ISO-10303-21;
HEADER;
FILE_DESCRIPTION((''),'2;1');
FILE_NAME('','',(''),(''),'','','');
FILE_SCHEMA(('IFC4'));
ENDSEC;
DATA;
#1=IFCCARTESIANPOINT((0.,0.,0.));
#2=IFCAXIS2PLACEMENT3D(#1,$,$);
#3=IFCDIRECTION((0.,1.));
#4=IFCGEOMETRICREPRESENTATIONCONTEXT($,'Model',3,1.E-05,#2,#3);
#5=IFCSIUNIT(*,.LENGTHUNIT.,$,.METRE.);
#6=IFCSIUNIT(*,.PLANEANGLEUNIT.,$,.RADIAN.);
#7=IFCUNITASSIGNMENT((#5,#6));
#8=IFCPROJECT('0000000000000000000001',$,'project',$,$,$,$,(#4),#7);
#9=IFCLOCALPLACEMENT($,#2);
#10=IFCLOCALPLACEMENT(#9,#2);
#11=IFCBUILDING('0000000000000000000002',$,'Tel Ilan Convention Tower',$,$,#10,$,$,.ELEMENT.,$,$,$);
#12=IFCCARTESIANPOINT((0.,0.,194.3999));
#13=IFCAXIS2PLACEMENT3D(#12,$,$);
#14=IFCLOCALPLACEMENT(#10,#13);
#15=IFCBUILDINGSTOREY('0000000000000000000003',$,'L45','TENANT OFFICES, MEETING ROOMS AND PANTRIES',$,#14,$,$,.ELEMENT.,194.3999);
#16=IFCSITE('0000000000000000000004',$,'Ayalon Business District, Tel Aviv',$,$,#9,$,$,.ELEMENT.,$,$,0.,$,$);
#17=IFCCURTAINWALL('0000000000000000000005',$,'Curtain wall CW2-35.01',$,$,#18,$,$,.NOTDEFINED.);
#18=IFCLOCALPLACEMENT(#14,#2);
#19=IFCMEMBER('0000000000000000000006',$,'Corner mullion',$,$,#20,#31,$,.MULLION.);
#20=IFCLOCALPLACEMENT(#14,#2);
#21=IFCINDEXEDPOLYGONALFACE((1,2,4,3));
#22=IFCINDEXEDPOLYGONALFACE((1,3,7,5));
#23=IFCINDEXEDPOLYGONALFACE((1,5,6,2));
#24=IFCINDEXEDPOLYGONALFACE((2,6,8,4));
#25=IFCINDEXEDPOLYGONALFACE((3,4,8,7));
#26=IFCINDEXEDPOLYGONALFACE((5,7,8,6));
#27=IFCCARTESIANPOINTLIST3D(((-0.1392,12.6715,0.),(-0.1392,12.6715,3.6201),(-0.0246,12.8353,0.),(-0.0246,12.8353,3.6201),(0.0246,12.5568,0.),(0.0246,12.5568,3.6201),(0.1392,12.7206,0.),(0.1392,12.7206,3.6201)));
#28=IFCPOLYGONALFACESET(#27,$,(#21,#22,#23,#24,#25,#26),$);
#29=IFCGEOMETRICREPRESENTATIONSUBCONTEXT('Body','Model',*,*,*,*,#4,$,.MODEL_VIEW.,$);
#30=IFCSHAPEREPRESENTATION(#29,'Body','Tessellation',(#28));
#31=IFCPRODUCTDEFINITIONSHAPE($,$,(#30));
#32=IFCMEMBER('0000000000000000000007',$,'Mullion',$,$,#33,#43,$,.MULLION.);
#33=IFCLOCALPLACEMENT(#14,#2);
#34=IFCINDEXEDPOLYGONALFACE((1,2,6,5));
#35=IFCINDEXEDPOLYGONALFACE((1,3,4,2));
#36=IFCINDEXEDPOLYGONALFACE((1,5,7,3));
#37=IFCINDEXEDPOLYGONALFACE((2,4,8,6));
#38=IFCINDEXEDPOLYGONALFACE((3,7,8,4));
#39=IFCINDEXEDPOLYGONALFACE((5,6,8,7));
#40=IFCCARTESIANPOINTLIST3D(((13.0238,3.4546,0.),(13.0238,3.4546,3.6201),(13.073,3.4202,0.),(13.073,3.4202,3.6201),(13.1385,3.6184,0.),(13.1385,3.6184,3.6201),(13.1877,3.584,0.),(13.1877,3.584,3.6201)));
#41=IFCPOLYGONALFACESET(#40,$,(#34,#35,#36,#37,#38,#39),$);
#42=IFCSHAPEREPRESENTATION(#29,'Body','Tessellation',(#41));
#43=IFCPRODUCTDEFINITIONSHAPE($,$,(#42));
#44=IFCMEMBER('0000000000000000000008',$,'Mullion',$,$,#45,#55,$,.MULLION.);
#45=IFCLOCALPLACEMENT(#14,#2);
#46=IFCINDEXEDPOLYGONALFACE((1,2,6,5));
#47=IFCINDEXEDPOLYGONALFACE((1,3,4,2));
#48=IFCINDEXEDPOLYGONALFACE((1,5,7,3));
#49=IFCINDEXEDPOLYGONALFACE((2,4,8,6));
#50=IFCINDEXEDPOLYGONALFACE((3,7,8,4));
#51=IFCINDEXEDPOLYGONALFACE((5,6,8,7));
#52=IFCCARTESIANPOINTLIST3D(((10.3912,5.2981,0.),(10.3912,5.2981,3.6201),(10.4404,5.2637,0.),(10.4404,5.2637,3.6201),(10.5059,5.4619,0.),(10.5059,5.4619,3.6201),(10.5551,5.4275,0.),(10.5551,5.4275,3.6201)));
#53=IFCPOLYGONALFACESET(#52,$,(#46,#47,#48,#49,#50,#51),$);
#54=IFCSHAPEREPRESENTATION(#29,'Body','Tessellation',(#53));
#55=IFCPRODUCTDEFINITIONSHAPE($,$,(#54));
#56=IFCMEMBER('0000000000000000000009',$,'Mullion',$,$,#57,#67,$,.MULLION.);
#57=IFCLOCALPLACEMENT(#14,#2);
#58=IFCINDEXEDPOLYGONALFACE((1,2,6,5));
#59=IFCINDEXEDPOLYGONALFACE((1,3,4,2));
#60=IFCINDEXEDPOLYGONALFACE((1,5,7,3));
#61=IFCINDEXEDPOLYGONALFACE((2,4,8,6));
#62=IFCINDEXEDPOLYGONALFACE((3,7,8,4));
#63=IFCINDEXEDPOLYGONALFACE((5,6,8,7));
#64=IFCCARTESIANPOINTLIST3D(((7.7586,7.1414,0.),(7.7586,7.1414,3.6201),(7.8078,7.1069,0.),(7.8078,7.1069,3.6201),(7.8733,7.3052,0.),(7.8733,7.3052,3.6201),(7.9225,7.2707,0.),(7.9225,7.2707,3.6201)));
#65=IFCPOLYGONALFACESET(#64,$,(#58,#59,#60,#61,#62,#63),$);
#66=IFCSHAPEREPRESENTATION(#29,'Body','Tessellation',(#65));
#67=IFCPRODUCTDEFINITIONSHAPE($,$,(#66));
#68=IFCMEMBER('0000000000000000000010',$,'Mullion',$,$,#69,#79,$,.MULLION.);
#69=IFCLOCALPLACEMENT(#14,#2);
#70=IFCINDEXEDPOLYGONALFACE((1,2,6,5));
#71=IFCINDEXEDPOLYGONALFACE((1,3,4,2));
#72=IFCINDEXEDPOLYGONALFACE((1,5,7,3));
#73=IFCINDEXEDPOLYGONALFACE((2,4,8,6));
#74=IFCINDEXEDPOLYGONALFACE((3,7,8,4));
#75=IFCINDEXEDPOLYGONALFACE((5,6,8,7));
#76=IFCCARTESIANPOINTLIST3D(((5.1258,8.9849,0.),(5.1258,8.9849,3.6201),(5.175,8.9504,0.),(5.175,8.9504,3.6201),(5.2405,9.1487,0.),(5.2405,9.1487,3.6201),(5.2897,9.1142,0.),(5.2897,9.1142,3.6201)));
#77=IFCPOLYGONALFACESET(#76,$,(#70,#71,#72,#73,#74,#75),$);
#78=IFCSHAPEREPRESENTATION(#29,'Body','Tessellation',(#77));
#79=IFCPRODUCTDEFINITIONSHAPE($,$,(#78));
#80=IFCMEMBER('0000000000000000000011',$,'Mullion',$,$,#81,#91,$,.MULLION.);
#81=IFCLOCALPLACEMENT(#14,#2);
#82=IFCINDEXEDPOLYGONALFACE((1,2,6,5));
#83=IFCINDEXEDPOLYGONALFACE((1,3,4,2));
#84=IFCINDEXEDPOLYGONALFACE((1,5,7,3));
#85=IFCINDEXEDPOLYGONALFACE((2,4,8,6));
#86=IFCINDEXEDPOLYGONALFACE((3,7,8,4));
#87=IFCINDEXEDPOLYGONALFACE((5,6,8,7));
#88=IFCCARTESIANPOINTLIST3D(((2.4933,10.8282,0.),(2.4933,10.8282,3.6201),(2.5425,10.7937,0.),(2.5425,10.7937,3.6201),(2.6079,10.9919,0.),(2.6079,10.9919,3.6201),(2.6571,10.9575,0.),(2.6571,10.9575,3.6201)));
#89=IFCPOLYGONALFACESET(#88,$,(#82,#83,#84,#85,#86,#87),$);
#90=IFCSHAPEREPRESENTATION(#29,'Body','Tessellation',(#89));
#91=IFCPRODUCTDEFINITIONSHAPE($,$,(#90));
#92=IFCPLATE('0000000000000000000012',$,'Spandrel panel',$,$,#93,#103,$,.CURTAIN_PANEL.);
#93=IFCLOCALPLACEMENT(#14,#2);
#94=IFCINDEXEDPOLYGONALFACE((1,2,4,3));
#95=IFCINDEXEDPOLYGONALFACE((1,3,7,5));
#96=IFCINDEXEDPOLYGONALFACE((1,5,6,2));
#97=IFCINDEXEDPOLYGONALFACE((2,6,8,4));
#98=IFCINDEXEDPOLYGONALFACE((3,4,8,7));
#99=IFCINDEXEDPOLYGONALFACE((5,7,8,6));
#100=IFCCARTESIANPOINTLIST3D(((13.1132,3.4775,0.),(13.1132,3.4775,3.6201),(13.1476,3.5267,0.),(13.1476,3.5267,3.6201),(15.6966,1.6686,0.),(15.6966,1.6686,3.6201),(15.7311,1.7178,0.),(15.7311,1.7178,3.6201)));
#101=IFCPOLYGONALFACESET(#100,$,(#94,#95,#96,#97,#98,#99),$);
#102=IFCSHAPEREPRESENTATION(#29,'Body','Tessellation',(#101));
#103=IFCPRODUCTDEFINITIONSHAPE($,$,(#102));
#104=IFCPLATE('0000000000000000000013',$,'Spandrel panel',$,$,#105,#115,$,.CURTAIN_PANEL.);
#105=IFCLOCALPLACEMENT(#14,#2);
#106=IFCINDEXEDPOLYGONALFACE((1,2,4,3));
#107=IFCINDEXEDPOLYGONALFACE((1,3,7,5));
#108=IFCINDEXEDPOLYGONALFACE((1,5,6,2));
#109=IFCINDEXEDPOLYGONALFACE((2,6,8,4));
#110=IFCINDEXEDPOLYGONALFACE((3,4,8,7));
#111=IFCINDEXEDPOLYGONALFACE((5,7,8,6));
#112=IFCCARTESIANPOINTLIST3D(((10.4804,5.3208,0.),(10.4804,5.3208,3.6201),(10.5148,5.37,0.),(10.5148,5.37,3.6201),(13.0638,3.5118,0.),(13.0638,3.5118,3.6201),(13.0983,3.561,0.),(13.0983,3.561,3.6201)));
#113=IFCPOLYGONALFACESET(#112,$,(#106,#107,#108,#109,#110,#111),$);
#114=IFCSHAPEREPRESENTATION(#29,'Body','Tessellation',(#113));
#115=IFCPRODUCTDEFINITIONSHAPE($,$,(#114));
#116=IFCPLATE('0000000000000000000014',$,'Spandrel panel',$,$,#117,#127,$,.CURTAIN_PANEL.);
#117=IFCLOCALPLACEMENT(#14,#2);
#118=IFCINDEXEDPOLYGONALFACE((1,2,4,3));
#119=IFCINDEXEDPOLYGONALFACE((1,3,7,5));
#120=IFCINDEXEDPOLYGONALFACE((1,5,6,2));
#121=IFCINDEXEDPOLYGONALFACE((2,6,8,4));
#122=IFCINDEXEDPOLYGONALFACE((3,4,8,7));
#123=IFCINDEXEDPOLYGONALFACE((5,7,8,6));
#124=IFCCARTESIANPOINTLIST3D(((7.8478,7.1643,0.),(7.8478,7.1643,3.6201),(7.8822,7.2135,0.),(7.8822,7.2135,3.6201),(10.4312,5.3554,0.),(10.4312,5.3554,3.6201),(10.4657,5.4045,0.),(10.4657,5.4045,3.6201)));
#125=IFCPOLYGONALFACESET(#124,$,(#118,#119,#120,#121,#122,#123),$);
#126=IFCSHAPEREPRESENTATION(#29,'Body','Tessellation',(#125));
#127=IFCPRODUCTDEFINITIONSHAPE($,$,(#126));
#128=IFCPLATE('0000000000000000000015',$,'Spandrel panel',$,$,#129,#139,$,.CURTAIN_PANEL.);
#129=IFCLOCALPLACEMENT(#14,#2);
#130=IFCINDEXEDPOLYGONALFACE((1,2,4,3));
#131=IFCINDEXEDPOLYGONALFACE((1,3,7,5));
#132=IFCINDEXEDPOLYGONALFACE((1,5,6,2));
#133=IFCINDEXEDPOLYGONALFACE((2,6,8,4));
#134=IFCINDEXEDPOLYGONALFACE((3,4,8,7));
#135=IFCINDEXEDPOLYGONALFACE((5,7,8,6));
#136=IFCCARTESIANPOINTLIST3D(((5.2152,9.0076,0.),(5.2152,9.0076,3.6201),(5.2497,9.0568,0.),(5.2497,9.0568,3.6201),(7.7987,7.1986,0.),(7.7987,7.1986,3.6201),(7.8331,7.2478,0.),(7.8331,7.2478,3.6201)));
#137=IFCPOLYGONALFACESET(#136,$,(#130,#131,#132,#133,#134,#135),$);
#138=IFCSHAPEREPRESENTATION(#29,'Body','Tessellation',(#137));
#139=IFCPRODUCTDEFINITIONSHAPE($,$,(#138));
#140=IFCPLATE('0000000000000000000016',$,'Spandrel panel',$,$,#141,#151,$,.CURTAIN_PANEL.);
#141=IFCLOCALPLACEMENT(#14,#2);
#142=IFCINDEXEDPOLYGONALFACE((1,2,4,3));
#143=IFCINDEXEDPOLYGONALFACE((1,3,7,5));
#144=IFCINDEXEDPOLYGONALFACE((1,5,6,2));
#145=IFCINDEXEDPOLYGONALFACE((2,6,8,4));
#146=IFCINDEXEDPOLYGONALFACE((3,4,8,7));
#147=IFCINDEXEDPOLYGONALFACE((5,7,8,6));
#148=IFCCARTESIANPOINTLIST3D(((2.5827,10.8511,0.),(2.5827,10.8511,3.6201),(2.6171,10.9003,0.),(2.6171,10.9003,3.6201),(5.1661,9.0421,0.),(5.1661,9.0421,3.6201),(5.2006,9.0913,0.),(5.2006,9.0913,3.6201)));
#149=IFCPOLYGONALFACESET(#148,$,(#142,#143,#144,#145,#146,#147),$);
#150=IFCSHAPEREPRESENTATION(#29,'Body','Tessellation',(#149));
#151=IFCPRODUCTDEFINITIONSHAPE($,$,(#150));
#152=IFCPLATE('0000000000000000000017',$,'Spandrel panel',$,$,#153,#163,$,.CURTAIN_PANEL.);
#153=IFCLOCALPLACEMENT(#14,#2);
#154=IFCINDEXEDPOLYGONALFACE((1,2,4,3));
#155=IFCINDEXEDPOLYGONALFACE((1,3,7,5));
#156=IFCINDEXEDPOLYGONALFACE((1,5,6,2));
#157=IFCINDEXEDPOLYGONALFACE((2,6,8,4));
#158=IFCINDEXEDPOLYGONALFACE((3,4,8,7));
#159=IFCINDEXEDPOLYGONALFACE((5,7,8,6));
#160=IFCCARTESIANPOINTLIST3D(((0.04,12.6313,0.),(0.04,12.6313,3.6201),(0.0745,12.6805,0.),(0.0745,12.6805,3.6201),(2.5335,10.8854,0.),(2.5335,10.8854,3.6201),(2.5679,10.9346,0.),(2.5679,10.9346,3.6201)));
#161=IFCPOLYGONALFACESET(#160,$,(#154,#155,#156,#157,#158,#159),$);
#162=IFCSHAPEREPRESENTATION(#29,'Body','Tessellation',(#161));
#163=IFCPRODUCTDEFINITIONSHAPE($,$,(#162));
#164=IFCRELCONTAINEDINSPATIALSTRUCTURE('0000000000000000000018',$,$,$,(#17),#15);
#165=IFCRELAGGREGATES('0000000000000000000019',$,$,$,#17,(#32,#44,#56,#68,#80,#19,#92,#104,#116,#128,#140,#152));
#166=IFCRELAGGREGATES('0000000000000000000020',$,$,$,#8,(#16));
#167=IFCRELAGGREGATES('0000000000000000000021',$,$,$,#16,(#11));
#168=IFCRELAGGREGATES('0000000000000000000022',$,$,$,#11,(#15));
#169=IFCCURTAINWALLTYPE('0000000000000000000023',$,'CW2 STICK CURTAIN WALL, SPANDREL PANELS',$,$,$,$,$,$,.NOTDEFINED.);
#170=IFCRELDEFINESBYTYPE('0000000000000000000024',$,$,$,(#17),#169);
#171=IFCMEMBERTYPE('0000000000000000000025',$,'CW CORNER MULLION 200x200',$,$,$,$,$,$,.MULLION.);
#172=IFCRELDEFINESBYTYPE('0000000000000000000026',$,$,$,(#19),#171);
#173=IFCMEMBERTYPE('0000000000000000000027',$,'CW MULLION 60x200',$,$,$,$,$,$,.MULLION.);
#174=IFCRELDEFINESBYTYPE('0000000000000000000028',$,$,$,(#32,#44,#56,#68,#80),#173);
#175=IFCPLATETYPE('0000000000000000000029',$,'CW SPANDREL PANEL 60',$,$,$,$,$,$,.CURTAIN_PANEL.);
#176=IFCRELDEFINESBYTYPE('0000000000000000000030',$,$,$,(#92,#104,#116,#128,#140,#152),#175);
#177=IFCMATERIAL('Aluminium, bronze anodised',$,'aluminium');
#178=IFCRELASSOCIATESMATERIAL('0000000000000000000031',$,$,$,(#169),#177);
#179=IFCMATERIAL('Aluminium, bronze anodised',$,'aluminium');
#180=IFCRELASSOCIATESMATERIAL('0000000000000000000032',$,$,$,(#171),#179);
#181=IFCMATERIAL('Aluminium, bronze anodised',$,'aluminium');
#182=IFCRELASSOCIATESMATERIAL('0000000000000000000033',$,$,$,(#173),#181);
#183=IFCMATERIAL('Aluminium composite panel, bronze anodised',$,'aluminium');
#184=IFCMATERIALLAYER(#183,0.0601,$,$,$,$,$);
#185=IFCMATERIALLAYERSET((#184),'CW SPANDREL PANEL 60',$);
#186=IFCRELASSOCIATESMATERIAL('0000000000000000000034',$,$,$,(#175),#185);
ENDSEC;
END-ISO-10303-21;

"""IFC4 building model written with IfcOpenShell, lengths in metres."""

from ifc_helpers import new_model, si_unit, direction, frame, origin, origin_2d, place, context, subcontext, project, spatial, rectangle, extrude, material, layer, layer_set, material_profile, profile_set, type_object, element, aggregate, save


model = new_model("IFC4")

# Units and contexts
model_context = context("Model", 3, precision=1e-05, world=origin(), true_north=direction((0.0, 1.0)))
body_context = subcontext(model_context, "Body", "Model", "MODEL_VIEW")
ifc_project = project(units=[si_unit("LENGTHUNIT", "METRE"), si_unit("PLANEANGLEUNIT", "RADIAN")], contexts=[model_context])

# Site, building, storey
site_placement = place(None, origin())
site = spatial("IfcSite", under=ifc_project, at=site_placement, Name="Ayalon Business District, Tel Aviv", CompositionType="ELEMENT", RefElevation=0.0)
building_placement = place(site_placement, origin())
building = spatial("IfcBuilding", under=site, at=building_placement, Name="Tel Ilan Convention Tower", CompositionType="ELEMENT")
storey_placement = place(building_placement, frame((0.0, 0.0, 194.3999)))
storey = spatial("IfcBuildingStorey", under=building, at=storey_placement, Name="L45", Description="TENANT OFFICES, MEETING ROOMS AND PANTRIES", CompositionType="ELEMENT", Elevation=194.3999)

# Curtain wall, members, plates
ifc_material_1 = material(Name="Aluminium, bronze anodised", Category="aluminium")
curtain_wall_type = type_object("IfcCurtainWallType", Name="CW2 STICK CURTAIN WALL, SPANDREL PANELS", PredefinedType="NOTDEFINED", material=ifc_material_1)
curtain_wall_placement = place(storey_placement, origin())
curtain_wall = element("IfcCurtainWall", 1, at=curtain_wall_placement, inside=storey, type_object=curtain_wall_type, Name="Curtain wall CW2-35.01", PredefinedType="NOTDEFINED")
ifc_material_2 = material(Name="Aluminium, bronze anodised", Category="aluminium")
ifc_material_profile_1 = material_profile(ifc_material_2, rectangle(XDim=0.2, YDim=0.2, at=origin_2d()), Name="CW CORNER MULLION 200x200")
ifc_profile_set_1 = profile_set([ifc_material_profile_1], Name="Aluminium, bronze anodised")
member_type_1 = type_object("IfcMemberType", Name="CW CORNER MULLION 200x200", PredefinedType="MULLION", material=ifc_profile_set_1)
member_1_placement = place(storey_placement, frame((0.0, 12.696, 0.0), z_axis=(0.0, 0.0, 1.0), x_axis=(-0.819152, 0.573576, 0.0)))
member_1 = element("IfcMember", 2, at=member_1_placement, type_object=member_type_1, Name="Corner mullion", PredefinedType="MULLION", context=body_context, shape_type="SweptSolid", body=[
    extrude(rectangle(XDim=0.2, YDim=0.2, at=origin_2d()), origin(), (0.0, 0.0, 1.0), 3.6201),
])
ifc_material_3 = material(Name="Aluminium, bronze anodised", Category="aluminium")
ifc_material_profile_2 = material_profile(ifc_material_3, rectangle(XDim=0.0601, YDim=0.2, at=origin_2d()), Name="CW MULLION 60x200")
ifc_profile_set_2 = profile_set([ifc_material_profile_2], Name="Aluminium, bronze anodised")
member_type_2 = type_object("IfcMemberType", Name="CW MULLION 60x200", PredefinedType="MULLION", material=ifc_profile_set_2)
member_2_placement = place(storey_placement, frame((13.1057, 3.5193, 0.0), z_axis=(0.0, 0.0, 1.0), x_axis=(-0.819152, 0.573576, 0.0)))
member_2 = element("IfcMember", 3, at=member_2_placement, type_object=member_type_2, Name="Mullion", PredefinedType="MULLION", context=body_context, shape_type="SweptSolid", body=[
    extrude(rectangle(XDim=0.0601, YDim=0.2, at=origin_2d()), origin(), (0.0, 0.0, 1.0), 3.6201),
])
member_3_placement = place(storey_placement, frame((10.4731, 5.3628, 0.0), z_axis=(0.0, 0.0, 1.0), x_axis=(-0.819152, 0.573576, 0.0)))
member_3 = element("IfcMember", 4, at=member_3_placement, type_object=member_type_2, Name="Mullion", PredefinedType="MULLION", context=body_context, shape_type="SweptSolid", body=[
    extrude(rectangle(XDim=0.0601, YDim=0.2, at=origin_2d()), origin(), (0.0, 0.0, 1.0), 3.6201),
])
member_4_placement = place(storey_placement, frame((7.8406, 7.2061, 0.0), z_axis=(0.0, 0.0, 1.0), x_axis=(-0.819152, 0.573576, 0.0)))
member_4 = element("IfcMember", 5, at=member_4_placement, type_object=member_type_2, Name="Mullion", PredefinedType="MULLION", context=body_context, shape_type="SweptSolid", body=[
    extrude(rectangle(XDim=0.0601, YDim=0.2, at=origin_2d()), origin(), (0.0, 0.0, 1.0), 3.6201),
])
member_5_placement = place(storey_placement, frame((5.2078, 9.0496, 0.0), z_axis=(0.0, 0.0, 1.0), x_axis=(-0.819152, 0.573576, 0.0)))
member_5 = element("IfcMember", 6, at=member_5_placement, type_object=member_type_2, Name="Mullion", PredefinedType="MULLION", context=body_context, shape_type="SweptSolid", body=[
    extrude(rectangle(XDim=0.0601, YDim=0.2, at=origin_2d()), origin(), (0.0, 0.0, 1.0), 3.6201),
])
member_6_placement = place(storey_placement, frame((2.5752, 10.8928, 0.0), z_axis=(0.0, 0.0, 1.0), x_axis=(-0.819152, 0.573576, 0.0)))
member_6 = element("IfcMember", 7, at=member_6_placement, type_object=member_type_2, Name="Mullion", PredefinedType="MULLION", context=body_context, shape_type="SweptSolid", body=[
    extrude(rectangle(XDim=0.0601, YDim=0.2, at=origin_2d()), origin(), (0.0, 0.0, 1.0), 3.6201),
])
ifc_material_4 = material(Name="Aluminium composite panel, bronze anodised", Category="aluminium")
ifc_layer_1 = layer(ifc_material_4, 0.0601)
ifc_layer_set_1 = layer_set([ifc_layer_1], Name="CW SPANDREL PANEL 60")
plate_type = type_object("IfcPlateType", Name="CW SPANDREL PANEL 60", PredefinedType="CURTAIN_PANEL", material=ifc_layer_set_1)
plate_1_placement = place(storey_placement, frame((14.4221, 2.5977, 0.0), z_axis=(0.0, 0.0, 1.0), x_axis=(-0.819152, 0.573576, 0.0)))
plate_1 = element("IfcPlate", 8, at=plate_1_placement, type_object=plate_type, Name="Spandrel panel", PredefinedType="CURTAIN_PANEL", context=body_context, shape_type="SweptSolid", body=[
    extrude(rectangle(XDim=3.1538, YDim=0.0601, at=origin_2d()), origin(), (0.0, 0.0, 1.0), 3.6201),
])
plate_2_placement = place(storey_placement, frame((11.7893, 4.4409, 0.0), z_axis=(0.0, 0.0, 1.0), x_axis=(-0.819152, 0.573576, 0.0)))
plate_2 = element("IfcPlate", 9, at=plate_2_placement, type_object=plate_type, Name="Spandrel panel", PredefinedType="CURTAIN_PANEL", context=body_context, shape_type="SweptSolid", body=[
    extrude(rectangle(XDim=3.1538, YDim=0.0601, at=origin_2d()), origin(), (0.0, 0.0, 1.0), 3.6201),
])
plate_3_placement = place(storey_placement, frame((9.1567, 6.2844, 0.0), z_axis=(0.0, 0.0, 1.0), x_axis=(-0.819152, 0.573576, 0.0)))
plate_3 = element("IfcPlate", 10, at=plate_3_placement, type_object=plate_type, Name="Spandrel panel", PredefinedType="CURTAIN_PANEL", context=body_context, shape_type="SweptSolid", body=[
    extrude(rectangle(XDim=3.1538, YDim=0.0601, at=origin_2d()), origin(), (0.0, 0.0, 1.0), 3.6201),
])
plate_4_placement = place(storey_placement, frame((6.5242, 8.1277, 0.0), z_axis=(0.0, 0.0, 1.0), x_axis=(-0.819152, 0.573576, 0.0)))
plate_4 = element("IfcPlate", 11, at=plate_4_placement, type_object=plate_type, Name="Spandrel panel", PredefinedType="CURTAIN_PANEL", context=body_context, shape_type="SweptSolid", body=[
    extrude(rectangle(XDim=3.1538, YDim=0.0601, at=origin_2d()), origin(), (0.0, 0.0, 1.0), 3.6201),
])
plate_5_placement = place(storey_placement, frame((3.8916, 9.9712, 0.0), z_axis=(0.0, 0.0, 1.0), x_axis=(-0.819152, 0.573576, 0.0)))
plate_5 = element("IfcPlate", 12, at=plate_5_placement, type_object=plate_type, Name="Spandrel panel", PredefinedType="CURTAIN_PANEL", context=body_context, shape_type="SweptSolid", body=[
    extrude(rectangle(XDim=3.1538, YDim=0.0601, at=origin_2d()), origin(), (0.0, 0.0, 1.0), 3.6201),
])
plate_6_placement = place(storey_placement, frame((1.304, 11.783, 0.0), z_axis=(0.0, 0.0, 1.0), x_axis=(-0.819152, 0.573576, 0.0)))
plate_6 = element("IfcPlate", 13, at=plate_6_placement, type_object=plate_type, Name="Spandrel panel", PredefinedType="CURTAIN_PANEL", context=body_context, shape_type="SweptSolid", body=[
    extrude(rectangle(XDim=3.0439, YDim=0.0601, at=origin_2d()), origin(), (0.0, 0.0, 1.0), 3.6201),
])
aggregate(curtain_wall, [member_2, member_3, member_4, member_5, member_6, member_1, plate_1, plate_2, plate_3, plate_4, plate_5, plate_6])

save(model, "model.ifc")
